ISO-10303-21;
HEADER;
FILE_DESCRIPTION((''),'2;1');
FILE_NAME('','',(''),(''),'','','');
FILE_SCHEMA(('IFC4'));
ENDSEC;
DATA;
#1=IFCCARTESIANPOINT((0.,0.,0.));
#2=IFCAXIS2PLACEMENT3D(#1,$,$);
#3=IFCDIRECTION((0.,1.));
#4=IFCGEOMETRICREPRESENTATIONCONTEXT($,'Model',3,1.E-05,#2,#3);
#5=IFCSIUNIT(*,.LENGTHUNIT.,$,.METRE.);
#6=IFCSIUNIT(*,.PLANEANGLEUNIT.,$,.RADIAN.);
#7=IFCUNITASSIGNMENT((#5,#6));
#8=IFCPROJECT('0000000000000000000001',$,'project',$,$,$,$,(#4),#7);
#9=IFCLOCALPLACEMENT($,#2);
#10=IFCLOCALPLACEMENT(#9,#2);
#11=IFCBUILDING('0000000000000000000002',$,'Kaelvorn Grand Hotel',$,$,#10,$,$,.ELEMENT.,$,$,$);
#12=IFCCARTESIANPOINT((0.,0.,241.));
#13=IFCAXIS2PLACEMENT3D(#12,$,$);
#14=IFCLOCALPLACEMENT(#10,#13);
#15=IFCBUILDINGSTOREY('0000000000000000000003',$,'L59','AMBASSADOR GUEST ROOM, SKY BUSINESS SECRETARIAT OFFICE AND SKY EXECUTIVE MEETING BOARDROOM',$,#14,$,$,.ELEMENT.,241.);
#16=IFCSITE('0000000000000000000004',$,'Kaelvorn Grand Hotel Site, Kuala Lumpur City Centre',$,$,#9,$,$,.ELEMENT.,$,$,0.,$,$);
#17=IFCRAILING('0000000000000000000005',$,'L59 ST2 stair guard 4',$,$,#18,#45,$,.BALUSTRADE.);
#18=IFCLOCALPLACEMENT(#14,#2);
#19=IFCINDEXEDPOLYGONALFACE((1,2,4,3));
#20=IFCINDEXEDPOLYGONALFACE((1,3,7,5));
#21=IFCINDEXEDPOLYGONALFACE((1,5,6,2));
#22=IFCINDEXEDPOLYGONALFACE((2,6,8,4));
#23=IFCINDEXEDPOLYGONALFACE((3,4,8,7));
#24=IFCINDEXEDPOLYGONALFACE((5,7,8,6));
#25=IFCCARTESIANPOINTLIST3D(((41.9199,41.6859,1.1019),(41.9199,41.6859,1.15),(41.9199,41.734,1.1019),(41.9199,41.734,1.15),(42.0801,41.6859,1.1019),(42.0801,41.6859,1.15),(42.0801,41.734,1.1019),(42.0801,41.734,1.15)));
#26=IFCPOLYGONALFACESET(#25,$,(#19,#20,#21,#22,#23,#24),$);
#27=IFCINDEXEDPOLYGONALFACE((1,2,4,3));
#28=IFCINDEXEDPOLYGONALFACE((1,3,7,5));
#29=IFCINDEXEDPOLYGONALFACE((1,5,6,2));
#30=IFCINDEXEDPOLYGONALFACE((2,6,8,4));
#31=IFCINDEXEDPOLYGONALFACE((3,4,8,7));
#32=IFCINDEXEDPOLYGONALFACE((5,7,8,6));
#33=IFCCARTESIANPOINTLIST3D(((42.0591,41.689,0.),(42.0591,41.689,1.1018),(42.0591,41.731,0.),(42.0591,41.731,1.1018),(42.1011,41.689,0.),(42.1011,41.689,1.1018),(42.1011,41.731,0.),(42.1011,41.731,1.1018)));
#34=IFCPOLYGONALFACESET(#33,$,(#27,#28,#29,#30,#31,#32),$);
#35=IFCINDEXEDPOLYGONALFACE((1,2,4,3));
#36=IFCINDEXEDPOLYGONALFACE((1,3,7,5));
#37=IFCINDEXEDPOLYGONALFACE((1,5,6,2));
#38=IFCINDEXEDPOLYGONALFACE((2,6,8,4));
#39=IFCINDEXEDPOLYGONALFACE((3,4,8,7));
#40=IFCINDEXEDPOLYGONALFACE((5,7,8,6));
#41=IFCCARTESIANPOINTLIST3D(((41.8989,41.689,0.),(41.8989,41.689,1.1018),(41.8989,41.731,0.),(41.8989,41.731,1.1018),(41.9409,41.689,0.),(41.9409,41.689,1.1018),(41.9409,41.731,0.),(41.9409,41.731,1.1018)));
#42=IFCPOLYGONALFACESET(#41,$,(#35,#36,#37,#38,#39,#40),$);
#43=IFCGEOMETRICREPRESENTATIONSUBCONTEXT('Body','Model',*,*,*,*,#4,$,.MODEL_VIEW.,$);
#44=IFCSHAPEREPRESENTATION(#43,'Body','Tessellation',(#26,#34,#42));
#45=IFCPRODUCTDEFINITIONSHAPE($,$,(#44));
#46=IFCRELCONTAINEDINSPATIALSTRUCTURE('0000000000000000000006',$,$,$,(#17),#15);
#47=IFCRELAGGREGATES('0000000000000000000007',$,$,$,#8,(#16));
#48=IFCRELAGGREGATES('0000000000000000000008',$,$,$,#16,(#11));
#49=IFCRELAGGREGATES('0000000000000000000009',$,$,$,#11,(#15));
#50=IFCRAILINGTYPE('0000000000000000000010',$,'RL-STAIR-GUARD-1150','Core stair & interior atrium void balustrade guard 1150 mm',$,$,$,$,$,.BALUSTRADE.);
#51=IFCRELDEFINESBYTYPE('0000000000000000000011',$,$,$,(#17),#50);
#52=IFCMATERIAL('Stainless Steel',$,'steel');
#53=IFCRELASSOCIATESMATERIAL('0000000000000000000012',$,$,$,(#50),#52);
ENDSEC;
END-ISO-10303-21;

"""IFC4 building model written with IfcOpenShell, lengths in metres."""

from ifc_helpers import new_model, si_unit, direction, frame, origin, origin_2d, place, context, subcontext, project, spatial, rectangle, extrude, material, type_object, element, save


model = new_model("IFC4")

# Units and contexts
model_context = context("Model", 3, precision=1e-05, world=origin(), true_north=direction((0.0, 1.0)))
body_context = subcontext(model_context, "Body", "Model", "MODEL_VIEW")
ifc_project = project(units=[si_unit("LENGTHUNIT", "METRE"), si_unit("PLANEANGLEUNIT", "RADIAN")], contexts=[model_context])

# Site, building, storey
site_placement = place(None, origin())
site = spatial("IfcSite", under=ifc_project, at=site_placement, Name="Kaelvorn Grand Hotel Site, Kuala Lumpur City Centre", CompositionType="ELEMENT", RefElevation=0.0)
building_placement = place(site_placement, origin())
building = spatial("IfcBuilding", under=site, at=building_placement, Name="Kaelvorn Grand Hotel", CompositionType="ELEMENT")
storey_placement = place(building_placement, frame((0.0, 0.0, 241.0)))
storey = spatial("IfcBuildingStorey", under=building, at=storey_placement, Name="L59", Description="AMBASSADOR GUEST ROOM, SKY BUSINESS SECRETARIAT OFFICE AND SKY EXECUTIVE MEETING BOARDROOM", CompositionType="ELEMENT", Elevation=241.0)

# Railing
ifc_material_1 = material(Name="Stainless Steel", Category="steel")
railing_type_1 = type_object("IfcRailingType", Name="RL-STAIR-GUARD-1150", Description="Core stair & interior atrium void balustrade guard 1150 mm", PredefinedType="BALUSTRADE", material=ifc_material_1)
railing_1_placement = place(storey_placement, frame((42.0801, 41.71, 0.0)))
element("IfcRailing", 1, at=railing_1_placement, inside=storey, type_object=railing_type_1, Name="L59 ST2 stair guard 4", PredefinedType="BALUSTRADE", context=body_context, shape_type="SweptSolid", body=[
    extrude(rectangle(XDim=0.0481, YDim=0.0481, at=origin_2d()), frame((0.0, 0.0, 1.126), z_axis=(-1.0, 0.0, 0.0), x_axis=(0.0, -1.0, 0.0)), (0.0, 0.0, 1.0), 0.1602),
    extrude(rectangle(XDim=0.042, YDim=0.042, at=origin_2d()), origin(), (0.0, 0.0, 1.0), 1.1018),
    extrude(rectangle(XDim=0.042, YDim=0.042, at=origin_2d()), frame((-0.1602, 0.0, 0.0)), (0.0, 0.0, 1.0), 1.1018),
])

save(model, "model.ifc")
